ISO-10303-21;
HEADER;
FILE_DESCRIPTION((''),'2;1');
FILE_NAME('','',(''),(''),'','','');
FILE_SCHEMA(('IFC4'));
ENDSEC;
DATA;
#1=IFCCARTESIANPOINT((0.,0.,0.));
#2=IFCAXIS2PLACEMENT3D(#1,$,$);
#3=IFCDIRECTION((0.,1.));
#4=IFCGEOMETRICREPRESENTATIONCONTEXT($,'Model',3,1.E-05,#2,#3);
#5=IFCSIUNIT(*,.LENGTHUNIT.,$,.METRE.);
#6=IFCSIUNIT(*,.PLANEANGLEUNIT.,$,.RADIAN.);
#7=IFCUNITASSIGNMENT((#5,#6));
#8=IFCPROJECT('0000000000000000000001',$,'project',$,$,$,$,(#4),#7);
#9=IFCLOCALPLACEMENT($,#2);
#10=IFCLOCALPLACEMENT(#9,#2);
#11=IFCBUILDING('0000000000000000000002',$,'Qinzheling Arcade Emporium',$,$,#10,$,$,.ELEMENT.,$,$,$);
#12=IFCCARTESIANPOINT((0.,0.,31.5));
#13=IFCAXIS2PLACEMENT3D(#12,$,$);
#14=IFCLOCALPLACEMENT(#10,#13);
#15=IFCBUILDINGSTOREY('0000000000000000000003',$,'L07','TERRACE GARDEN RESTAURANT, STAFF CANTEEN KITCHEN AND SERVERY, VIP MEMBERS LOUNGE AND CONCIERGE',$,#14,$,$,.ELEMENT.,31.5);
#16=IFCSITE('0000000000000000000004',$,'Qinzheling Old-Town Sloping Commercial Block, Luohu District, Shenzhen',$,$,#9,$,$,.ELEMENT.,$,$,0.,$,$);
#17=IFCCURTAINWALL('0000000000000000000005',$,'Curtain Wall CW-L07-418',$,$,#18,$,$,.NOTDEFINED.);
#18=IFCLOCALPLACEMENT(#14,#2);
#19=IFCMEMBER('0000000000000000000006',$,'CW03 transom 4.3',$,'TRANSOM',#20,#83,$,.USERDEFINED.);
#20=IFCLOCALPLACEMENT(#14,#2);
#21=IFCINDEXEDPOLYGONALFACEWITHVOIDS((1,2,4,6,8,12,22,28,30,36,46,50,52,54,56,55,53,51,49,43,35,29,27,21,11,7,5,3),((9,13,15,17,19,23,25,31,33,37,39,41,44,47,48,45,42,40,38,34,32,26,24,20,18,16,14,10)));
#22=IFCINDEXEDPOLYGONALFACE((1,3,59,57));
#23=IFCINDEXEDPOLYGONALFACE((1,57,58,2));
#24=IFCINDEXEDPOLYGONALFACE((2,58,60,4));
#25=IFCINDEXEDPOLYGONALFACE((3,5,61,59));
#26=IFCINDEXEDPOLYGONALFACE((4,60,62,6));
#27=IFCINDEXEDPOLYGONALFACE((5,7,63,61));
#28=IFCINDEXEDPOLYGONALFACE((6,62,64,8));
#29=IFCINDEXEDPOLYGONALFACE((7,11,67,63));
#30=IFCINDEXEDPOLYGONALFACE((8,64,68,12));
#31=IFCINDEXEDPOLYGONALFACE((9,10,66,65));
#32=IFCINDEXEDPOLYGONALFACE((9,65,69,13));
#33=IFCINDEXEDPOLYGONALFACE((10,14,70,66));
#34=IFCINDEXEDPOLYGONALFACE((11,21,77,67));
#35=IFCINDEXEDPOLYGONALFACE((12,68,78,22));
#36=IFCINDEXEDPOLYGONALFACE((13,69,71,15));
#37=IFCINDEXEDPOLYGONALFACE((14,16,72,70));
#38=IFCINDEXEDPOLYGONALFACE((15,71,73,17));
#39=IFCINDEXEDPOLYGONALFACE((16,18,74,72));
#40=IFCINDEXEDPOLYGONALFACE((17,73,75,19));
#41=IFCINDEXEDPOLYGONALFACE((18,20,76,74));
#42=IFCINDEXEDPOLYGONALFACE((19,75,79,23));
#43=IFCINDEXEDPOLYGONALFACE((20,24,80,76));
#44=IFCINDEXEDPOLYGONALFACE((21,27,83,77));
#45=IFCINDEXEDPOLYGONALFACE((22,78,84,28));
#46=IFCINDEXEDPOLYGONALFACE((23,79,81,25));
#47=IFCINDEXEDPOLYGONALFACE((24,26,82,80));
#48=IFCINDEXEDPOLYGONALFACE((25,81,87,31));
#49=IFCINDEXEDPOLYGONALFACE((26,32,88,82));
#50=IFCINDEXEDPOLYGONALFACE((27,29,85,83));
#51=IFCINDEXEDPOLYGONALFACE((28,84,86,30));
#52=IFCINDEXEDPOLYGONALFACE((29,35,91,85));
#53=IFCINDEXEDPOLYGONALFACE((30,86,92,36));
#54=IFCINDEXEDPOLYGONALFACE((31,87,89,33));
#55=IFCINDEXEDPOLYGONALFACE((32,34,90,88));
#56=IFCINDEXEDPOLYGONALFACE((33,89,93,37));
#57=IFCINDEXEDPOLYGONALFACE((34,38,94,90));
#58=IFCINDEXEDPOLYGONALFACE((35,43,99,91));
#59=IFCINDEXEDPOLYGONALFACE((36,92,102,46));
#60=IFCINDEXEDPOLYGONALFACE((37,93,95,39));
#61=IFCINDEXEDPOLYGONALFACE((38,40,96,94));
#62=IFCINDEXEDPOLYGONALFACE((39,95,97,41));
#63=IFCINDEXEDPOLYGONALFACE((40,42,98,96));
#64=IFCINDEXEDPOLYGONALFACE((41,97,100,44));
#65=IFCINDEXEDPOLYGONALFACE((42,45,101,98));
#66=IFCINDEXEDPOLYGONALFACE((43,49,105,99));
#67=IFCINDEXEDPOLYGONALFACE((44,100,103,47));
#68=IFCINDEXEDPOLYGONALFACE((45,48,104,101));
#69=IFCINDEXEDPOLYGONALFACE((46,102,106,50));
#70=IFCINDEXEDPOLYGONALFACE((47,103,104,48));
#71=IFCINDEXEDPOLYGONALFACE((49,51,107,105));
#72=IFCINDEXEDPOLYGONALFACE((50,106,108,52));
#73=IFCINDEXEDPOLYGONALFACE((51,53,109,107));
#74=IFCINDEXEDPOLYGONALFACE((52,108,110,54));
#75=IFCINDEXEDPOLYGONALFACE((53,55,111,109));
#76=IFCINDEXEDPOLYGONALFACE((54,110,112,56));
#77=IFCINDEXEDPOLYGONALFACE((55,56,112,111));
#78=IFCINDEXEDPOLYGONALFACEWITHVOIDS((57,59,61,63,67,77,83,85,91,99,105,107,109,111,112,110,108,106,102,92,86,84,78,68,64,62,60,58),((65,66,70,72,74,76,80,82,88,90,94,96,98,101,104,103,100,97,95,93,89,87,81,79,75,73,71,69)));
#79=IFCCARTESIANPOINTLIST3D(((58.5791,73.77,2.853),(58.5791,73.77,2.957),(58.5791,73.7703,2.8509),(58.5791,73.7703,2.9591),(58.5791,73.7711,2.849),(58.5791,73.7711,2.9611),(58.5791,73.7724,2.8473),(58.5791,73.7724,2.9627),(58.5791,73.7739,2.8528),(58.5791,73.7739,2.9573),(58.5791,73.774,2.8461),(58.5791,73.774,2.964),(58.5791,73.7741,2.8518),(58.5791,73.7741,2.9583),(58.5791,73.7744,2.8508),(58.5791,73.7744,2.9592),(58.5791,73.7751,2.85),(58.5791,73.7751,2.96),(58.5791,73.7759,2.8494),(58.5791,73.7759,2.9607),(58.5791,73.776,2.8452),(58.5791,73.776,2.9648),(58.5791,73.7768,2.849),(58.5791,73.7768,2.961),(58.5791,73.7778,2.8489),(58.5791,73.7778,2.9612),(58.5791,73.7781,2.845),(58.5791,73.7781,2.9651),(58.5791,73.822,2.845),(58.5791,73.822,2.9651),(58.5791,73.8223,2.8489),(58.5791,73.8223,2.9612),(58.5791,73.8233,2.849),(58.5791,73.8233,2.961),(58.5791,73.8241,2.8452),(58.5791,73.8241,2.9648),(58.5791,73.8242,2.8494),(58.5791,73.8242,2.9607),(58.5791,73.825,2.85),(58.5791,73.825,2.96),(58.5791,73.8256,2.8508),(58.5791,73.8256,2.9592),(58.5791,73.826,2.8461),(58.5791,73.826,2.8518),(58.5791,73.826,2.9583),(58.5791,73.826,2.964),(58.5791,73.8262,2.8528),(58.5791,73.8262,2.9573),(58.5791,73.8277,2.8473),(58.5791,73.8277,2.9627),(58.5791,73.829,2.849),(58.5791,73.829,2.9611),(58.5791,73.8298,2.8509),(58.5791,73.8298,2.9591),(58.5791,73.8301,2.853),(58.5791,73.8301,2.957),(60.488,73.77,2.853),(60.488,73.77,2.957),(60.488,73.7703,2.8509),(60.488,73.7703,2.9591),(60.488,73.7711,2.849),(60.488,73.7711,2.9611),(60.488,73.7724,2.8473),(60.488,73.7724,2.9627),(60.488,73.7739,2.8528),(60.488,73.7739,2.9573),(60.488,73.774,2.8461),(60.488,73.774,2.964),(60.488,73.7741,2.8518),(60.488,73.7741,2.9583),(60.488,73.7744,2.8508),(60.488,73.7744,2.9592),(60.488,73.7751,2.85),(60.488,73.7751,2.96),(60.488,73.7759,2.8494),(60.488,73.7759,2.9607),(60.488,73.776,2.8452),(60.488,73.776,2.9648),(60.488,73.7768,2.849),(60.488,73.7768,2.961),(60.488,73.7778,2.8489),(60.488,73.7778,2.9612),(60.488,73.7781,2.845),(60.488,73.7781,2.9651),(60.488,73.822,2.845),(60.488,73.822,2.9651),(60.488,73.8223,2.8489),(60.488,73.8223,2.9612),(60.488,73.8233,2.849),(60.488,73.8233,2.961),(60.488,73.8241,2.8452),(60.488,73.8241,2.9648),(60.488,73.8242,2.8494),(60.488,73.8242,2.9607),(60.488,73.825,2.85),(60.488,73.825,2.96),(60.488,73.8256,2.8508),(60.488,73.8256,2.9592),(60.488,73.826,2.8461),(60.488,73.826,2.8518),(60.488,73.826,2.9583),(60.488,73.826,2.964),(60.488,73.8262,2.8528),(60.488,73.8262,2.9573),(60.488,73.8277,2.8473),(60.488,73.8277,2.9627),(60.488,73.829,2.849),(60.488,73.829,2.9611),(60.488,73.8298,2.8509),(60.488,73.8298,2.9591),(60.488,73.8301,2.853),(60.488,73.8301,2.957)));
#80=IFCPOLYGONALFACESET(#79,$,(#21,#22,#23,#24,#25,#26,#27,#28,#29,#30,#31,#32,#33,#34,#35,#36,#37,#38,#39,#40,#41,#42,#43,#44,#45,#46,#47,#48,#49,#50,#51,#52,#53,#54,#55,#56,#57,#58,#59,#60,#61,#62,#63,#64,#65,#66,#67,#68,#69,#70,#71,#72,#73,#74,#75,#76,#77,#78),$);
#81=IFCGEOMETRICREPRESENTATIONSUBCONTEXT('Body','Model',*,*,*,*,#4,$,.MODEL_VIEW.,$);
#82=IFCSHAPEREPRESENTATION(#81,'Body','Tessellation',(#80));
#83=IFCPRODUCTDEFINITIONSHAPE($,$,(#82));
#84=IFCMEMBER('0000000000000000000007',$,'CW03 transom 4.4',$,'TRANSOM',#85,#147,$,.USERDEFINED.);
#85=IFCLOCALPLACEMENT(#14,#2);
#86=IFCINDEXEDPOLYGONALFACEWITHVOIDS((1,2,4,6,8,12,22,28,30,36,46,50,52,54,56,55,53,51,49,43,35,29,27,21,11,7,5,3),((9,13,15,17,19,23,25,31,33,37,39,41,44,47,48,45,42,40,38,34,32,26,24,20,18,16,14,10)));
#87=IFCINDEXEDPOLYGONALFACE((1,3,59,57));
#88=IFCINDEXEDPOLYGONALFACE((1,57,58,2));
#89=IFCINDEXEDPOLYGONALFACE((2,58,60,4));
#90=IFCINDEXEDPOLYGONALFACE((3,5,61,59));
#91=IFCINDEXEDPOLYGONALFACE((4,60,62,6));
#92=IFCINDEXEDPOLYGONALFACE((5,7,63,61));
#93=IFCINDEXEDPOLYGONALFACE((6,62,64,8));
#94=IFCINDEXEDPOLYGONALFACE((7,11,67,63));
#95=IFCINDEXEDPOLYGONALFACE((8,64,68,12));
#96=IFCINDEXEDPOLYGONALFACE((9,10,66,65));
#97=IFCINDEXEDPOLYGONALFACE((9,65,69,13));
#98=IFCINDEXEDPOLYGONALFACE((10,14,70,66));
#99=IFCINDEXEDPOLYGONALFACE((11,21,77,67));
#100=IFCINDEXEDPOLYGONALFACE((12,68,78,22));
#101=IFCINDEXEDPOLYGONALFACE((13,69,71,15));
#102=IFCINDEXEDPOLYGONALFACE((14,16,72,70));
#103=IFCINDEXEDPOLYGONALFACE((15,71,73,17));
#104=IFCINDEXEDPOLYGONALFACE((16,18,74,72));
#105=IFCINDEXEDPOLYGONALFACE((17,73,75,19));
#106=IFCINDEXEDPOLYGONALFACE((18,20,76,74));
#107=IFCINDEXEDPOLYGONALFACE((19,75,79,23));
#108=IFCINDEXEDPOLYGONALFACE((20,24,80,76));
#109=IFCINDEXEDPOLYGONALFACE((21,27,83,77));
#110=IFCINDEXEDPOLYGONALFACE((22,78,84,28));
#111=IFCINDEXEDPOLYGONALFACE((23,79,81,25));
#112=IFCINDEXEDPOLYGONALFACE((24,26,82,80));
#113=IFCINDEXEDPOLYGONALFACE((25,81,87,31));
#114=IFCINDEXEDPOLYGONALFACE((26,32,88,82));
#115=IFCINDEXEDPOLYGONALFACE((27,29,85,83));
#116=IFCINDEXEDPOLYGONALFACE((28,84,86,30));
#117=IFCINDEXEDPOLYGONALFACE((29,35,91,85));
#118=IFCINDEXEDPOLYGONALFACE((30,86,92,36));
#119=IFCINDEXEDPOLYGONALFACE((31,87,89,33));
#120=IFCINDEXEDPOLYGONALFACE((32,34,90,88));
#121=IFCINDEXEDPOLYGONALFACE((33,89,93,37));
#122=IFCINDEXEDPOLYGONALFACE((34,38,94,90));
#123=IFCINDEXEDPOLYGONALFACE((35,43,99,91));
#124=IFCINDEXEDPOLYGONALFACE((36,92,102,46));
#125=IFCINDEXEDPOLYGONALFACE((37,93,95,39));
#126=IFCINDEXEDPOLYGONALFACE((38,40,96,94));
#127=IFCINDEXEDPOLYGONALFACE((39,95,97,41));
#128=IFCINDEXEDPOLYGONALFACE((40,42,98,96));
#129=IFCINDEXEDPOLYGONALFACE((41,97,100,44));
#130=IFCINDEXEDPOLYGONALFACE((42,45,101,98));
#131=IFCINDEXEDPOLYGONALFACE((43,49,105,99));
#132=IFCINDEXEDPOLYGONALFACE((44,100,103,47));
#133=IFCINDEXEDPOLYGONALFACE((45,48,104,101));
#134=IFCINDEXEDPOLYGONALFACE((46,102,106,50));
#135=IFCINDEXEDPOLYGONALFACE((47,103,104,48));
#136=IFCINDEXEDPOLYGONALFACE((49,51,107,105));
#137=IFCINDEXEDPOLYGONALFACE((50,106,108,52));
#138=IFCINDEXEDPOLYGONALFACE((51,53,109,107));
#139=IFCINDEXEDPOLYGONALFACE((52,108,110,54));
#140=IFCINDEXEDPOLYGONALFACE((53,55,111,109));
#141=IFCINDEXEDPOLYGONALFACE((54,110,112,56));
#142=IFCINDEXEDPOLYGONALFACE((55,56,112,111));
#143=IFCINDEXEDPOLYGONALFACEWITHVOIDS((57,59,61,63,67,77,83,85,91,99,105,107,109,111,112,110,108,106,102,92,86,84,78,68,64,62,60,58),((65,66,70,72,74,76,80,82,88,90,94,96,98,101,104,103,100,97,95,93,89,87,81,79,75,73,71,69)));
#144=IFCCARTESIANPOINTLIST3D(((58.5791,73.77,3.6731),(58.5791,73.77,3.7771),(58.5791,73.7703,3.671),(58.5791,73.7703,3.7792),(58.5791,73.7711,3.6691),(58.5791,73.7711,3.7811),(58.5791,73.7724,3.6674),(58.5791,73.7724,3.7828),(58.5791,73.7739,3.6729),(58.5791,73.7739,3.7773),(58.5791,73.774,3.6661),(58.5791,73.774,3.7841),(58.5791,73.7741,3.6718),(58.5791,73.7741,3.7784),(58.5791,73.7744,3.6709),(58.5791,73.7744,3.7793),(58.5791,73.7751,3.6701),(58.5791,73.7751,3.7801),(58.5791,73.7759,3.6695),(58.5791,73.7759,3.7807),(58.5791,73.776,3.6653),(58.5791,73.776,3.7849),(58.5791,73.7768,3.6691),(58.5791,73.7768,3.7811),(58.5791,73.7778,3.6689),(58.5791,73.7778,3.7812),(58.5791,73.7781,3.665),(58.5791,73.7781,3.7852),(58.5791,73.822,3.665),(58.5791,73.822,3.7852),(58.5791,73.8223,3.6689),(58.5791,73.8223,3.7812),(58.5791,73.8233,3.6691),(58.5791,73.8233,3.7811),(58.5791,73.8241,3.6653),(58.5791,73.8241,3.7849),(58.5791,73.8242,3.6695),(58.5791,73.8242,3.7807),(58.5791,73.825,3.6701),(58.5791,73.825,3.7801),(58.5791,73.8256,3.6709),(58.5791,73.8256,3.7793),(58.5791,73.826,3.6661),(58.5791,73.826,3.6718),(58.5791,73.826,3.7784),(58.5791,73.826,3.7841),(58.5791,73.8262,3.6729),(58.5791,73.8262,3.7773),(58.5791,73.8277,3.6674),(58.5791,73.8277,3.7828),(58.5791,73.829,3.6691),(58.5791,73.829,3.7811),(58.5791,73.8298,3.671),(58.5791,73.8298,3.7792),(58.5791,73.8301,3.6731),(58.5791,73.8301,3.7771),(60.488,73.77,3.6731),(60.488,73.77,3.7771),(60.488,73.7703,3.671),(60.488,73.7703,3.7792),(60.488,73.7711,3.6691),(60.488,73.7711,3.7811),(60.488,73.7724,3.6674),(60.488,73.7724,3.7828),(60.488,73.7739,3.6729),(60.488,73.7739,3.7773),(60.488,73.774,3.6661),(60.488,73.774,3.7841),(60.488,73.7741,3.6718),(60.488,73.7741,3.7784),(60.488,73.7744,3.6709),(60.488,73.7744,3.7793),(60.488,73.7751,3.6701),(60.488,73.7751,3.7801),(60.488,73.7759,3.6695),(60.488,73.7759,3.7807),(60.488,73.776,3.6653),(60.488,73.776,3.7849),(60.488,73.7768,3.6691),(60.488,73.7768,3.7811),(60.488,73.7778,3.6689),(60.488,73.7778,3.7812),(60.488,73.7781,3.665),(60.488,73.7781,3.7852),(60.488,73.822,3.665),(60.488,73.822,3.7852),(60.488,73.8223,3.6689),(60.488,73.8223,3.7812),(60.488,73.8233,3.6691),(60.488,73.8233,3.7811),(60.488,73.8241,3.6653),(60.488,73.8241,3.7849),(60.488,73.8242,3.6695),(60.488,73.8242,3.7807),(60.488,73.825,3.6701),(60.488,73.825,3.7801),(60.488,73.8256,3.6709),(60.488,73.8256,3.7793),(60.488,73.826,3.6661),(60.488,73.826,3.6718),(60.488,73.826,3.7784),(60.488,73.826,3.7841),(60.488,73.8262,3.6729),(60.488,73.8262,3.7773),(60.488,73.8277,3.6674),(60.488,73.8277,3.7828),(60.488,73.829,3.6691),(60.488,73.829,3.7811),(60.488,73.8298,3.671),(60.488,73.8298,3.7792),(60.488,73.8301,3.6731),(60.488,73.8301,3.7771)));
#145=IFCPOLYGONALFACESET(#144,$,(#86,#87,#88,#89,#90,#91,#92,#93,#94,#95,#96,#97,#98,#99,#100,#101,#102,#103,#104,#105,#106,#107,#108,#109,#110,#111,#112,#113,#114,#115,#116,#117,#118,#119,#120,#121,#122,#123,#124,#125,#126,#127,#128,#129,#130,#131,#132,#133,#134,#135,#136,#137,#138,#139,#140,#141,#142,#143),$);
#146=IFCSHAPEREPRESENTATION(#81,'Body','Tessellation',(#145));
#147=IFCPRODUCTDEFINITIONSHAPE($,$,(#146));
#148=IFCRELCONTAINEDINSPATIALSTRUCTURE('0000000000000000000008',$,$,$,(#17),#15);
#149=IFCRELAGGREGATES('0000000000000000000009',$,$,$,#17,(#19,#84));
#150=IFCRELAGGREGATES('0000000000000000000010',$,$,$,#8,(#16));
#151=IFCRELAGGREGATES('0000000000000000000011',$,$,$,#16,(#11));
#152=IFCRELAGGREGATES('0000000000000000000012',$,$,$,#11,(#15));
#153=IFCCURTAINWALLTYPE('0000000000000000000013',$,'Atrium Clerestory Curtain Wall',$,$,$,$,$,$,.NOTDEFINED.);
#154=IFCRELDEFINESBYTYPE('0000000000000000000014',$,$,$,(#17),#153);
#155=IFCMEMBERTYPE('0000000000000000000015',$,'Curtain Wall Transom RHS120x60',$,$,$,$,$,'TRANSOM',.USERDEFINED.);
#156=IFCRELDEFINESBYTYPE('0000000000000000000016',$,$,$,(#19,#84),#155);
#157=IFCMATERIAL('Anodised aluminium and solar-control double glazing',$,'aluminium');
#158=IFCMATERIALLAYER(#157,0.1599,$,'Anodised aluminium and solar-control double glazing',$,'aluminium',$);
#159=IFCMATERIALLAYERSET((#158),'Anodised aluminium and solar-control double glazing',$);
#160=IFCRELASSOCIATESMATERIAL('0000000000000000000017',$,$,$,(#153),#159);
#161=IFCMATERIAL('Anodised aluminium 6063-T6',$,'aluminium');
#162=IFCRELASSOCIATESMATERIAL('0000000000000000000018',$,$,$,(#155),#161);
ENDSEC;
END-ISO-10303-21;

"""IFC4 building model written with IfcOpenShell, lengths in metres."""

from ifc_helpers import new_model, si_unit, direction, frame, origin, origin_2d, place, context, subcontext, project, spatial, hollow_rectangle, extrude, material, layer, layer_set, material_profile, profile_set, type_object, element, aggregate, save


model = new_model("IFC4")

# Units and contexts
model_context = context("Model", 3, precision=1e-05, world=origin(), true_north=direction((0.0, 1.0)))
body_context = subcontext(model_context, "Body", "Model", "MODEL_VIEW")
ifc_project = project(units=[si_unit("LENGTHUNIT", "METRE"), si_unit("PLANEANGLEUNIT", "RADIAN")], contexts=[model_context])

# Site, building, storey
site_placement = place(None, origin())
site = spatial("IfcSite", under=ifc_project, at=site_placement, Name="Qinzheling Old-Town Sloping Commercial Block, Luohu District, Shenzhen", CompositionType="ELEMENT", RefElevation=0.0)
building_placement = place(site_placement, origin())
building = spatial("IfcBuilding", under=site, at=building_placement, Name="Qinzheling Arcade Emporium", CompositionType="ELEMENT")
storey_placement = place(building_placement, frame((0.0, 0.0, 31.5)))
storey = spatial("IfcBuildingStorey", under=building, at=storey_placement, Name="L07", Description="TERRACE GARDEN RESTAURANT, STAFF CANTEEN KITCHEN AND SERVERY, VIP MEMBERS LOUNGE AND CONCIERGE", CompositionType="ELEMENT", Elevation=31.5)

# Curtain wall
ifc_material_1 = material(Name="Anodised aluminium and solar-control double glazing", Category="aluminium")
ifc_layer_1 = layer(ifc_material_1, 0.1599, Name="Anodised aluminium and solar-control double glazing", Category="aluminium")
ifc_layer_set_1 = layer_set([ifc_layer_1], Name="Anodised aluminium and solar-control double glazing")
curtain_wall_type = type_object("IfcCurtainWallType", Name="Atrium Clerestory Curtain Wall", PredefinedType="NOTDEFINED", material=ifc_layer_set_1)
curtain_wall_1_placement = place(storey_placement, origin())
curtain_wall_1 = element("IfcCurtainWall", 1, at=curtain_wall_1_placement, inside=storey, type_object=curtain_wall_type, Name="Curtain Wall CW-L07-418", PredefinedType="NOTDEFINED")
ifc_material_2 = material(Name="Anodised aluminium 6063-T6", Category="aluminium")

# Members
ifc_material_profile_1 = material_profile(ifc_material_2, hollow_rectangle(XDim=0.0601, YDim=0.1201, WallThickness=0.0039, InnerFilletRadius=0.0039, OuterFilletRadius=0.0081, at=origin_2d()), Name="RHS 120x60x4", Category="aluminium")
ifc_profile_set_1 = profile_set([ifc_material_profile_1], Name="Anodised aluminium 6063-T6")
member_type_1 = type_object("IfcMemberType", Name="Curtain Wall Transom RHS120x60", ElementType="TRANSOM", PredefinedType="USERDEFINED", material=ifc_profile_set_1)
member_1_placement = place(storey_placement, frame((58.5791, 73.8, 2.905), z_axis=(1.0, 0.0, 0.0), x_axis=(0.0, 1.0, 0.0)))
member_1 = element("IfcMember", 2, at=member_1_placement, type_object=member_type_1, Name="CW03 transom 4.3", ObjectType="TRANSOM", PredefinedType="USERDEFINED", context=body_context, shape_type="SweptSolid", body=[
    extrude(hollow_rectangle(XDim=0.0601, YDim=0.1201, WallThickness=0.0039, InnerFilletRadius=0.0039, OuterFilletRadius=0.0081, at=origin_2d()), origin(), (0.0, 0.0, 1.0), 1.9089),
])
member_2_placement = place(storey_placement, frame((58.5791, 73.8, 3.7251), z_axis=(1.0, 0.0, 0.0), x_axis=(0.0, 1.0, 0.0)))
member_2 = element("IfcMember", 3, at=member_2_placement, type_object=member_type_1, Name="CW03 transom 4.4", ObjectType="TRANSOM", PredefinedType="USERDEFINED", context=body_context, shape_type="SweptSolid", body=[
    extrude(hollow_rectangle(XDim=0.0601, YDim=0.1201, WallThickness=0.0039, InnerFilletRadius=0.0039, OuterFilletRadius=0.0081, at=origin_2d()), origin(), (0.0, 0.0, 1.0), 1.9089),
])

aggregate(curtain_wall_1, [member_1, member_2])

save(model, "model.ifc")
